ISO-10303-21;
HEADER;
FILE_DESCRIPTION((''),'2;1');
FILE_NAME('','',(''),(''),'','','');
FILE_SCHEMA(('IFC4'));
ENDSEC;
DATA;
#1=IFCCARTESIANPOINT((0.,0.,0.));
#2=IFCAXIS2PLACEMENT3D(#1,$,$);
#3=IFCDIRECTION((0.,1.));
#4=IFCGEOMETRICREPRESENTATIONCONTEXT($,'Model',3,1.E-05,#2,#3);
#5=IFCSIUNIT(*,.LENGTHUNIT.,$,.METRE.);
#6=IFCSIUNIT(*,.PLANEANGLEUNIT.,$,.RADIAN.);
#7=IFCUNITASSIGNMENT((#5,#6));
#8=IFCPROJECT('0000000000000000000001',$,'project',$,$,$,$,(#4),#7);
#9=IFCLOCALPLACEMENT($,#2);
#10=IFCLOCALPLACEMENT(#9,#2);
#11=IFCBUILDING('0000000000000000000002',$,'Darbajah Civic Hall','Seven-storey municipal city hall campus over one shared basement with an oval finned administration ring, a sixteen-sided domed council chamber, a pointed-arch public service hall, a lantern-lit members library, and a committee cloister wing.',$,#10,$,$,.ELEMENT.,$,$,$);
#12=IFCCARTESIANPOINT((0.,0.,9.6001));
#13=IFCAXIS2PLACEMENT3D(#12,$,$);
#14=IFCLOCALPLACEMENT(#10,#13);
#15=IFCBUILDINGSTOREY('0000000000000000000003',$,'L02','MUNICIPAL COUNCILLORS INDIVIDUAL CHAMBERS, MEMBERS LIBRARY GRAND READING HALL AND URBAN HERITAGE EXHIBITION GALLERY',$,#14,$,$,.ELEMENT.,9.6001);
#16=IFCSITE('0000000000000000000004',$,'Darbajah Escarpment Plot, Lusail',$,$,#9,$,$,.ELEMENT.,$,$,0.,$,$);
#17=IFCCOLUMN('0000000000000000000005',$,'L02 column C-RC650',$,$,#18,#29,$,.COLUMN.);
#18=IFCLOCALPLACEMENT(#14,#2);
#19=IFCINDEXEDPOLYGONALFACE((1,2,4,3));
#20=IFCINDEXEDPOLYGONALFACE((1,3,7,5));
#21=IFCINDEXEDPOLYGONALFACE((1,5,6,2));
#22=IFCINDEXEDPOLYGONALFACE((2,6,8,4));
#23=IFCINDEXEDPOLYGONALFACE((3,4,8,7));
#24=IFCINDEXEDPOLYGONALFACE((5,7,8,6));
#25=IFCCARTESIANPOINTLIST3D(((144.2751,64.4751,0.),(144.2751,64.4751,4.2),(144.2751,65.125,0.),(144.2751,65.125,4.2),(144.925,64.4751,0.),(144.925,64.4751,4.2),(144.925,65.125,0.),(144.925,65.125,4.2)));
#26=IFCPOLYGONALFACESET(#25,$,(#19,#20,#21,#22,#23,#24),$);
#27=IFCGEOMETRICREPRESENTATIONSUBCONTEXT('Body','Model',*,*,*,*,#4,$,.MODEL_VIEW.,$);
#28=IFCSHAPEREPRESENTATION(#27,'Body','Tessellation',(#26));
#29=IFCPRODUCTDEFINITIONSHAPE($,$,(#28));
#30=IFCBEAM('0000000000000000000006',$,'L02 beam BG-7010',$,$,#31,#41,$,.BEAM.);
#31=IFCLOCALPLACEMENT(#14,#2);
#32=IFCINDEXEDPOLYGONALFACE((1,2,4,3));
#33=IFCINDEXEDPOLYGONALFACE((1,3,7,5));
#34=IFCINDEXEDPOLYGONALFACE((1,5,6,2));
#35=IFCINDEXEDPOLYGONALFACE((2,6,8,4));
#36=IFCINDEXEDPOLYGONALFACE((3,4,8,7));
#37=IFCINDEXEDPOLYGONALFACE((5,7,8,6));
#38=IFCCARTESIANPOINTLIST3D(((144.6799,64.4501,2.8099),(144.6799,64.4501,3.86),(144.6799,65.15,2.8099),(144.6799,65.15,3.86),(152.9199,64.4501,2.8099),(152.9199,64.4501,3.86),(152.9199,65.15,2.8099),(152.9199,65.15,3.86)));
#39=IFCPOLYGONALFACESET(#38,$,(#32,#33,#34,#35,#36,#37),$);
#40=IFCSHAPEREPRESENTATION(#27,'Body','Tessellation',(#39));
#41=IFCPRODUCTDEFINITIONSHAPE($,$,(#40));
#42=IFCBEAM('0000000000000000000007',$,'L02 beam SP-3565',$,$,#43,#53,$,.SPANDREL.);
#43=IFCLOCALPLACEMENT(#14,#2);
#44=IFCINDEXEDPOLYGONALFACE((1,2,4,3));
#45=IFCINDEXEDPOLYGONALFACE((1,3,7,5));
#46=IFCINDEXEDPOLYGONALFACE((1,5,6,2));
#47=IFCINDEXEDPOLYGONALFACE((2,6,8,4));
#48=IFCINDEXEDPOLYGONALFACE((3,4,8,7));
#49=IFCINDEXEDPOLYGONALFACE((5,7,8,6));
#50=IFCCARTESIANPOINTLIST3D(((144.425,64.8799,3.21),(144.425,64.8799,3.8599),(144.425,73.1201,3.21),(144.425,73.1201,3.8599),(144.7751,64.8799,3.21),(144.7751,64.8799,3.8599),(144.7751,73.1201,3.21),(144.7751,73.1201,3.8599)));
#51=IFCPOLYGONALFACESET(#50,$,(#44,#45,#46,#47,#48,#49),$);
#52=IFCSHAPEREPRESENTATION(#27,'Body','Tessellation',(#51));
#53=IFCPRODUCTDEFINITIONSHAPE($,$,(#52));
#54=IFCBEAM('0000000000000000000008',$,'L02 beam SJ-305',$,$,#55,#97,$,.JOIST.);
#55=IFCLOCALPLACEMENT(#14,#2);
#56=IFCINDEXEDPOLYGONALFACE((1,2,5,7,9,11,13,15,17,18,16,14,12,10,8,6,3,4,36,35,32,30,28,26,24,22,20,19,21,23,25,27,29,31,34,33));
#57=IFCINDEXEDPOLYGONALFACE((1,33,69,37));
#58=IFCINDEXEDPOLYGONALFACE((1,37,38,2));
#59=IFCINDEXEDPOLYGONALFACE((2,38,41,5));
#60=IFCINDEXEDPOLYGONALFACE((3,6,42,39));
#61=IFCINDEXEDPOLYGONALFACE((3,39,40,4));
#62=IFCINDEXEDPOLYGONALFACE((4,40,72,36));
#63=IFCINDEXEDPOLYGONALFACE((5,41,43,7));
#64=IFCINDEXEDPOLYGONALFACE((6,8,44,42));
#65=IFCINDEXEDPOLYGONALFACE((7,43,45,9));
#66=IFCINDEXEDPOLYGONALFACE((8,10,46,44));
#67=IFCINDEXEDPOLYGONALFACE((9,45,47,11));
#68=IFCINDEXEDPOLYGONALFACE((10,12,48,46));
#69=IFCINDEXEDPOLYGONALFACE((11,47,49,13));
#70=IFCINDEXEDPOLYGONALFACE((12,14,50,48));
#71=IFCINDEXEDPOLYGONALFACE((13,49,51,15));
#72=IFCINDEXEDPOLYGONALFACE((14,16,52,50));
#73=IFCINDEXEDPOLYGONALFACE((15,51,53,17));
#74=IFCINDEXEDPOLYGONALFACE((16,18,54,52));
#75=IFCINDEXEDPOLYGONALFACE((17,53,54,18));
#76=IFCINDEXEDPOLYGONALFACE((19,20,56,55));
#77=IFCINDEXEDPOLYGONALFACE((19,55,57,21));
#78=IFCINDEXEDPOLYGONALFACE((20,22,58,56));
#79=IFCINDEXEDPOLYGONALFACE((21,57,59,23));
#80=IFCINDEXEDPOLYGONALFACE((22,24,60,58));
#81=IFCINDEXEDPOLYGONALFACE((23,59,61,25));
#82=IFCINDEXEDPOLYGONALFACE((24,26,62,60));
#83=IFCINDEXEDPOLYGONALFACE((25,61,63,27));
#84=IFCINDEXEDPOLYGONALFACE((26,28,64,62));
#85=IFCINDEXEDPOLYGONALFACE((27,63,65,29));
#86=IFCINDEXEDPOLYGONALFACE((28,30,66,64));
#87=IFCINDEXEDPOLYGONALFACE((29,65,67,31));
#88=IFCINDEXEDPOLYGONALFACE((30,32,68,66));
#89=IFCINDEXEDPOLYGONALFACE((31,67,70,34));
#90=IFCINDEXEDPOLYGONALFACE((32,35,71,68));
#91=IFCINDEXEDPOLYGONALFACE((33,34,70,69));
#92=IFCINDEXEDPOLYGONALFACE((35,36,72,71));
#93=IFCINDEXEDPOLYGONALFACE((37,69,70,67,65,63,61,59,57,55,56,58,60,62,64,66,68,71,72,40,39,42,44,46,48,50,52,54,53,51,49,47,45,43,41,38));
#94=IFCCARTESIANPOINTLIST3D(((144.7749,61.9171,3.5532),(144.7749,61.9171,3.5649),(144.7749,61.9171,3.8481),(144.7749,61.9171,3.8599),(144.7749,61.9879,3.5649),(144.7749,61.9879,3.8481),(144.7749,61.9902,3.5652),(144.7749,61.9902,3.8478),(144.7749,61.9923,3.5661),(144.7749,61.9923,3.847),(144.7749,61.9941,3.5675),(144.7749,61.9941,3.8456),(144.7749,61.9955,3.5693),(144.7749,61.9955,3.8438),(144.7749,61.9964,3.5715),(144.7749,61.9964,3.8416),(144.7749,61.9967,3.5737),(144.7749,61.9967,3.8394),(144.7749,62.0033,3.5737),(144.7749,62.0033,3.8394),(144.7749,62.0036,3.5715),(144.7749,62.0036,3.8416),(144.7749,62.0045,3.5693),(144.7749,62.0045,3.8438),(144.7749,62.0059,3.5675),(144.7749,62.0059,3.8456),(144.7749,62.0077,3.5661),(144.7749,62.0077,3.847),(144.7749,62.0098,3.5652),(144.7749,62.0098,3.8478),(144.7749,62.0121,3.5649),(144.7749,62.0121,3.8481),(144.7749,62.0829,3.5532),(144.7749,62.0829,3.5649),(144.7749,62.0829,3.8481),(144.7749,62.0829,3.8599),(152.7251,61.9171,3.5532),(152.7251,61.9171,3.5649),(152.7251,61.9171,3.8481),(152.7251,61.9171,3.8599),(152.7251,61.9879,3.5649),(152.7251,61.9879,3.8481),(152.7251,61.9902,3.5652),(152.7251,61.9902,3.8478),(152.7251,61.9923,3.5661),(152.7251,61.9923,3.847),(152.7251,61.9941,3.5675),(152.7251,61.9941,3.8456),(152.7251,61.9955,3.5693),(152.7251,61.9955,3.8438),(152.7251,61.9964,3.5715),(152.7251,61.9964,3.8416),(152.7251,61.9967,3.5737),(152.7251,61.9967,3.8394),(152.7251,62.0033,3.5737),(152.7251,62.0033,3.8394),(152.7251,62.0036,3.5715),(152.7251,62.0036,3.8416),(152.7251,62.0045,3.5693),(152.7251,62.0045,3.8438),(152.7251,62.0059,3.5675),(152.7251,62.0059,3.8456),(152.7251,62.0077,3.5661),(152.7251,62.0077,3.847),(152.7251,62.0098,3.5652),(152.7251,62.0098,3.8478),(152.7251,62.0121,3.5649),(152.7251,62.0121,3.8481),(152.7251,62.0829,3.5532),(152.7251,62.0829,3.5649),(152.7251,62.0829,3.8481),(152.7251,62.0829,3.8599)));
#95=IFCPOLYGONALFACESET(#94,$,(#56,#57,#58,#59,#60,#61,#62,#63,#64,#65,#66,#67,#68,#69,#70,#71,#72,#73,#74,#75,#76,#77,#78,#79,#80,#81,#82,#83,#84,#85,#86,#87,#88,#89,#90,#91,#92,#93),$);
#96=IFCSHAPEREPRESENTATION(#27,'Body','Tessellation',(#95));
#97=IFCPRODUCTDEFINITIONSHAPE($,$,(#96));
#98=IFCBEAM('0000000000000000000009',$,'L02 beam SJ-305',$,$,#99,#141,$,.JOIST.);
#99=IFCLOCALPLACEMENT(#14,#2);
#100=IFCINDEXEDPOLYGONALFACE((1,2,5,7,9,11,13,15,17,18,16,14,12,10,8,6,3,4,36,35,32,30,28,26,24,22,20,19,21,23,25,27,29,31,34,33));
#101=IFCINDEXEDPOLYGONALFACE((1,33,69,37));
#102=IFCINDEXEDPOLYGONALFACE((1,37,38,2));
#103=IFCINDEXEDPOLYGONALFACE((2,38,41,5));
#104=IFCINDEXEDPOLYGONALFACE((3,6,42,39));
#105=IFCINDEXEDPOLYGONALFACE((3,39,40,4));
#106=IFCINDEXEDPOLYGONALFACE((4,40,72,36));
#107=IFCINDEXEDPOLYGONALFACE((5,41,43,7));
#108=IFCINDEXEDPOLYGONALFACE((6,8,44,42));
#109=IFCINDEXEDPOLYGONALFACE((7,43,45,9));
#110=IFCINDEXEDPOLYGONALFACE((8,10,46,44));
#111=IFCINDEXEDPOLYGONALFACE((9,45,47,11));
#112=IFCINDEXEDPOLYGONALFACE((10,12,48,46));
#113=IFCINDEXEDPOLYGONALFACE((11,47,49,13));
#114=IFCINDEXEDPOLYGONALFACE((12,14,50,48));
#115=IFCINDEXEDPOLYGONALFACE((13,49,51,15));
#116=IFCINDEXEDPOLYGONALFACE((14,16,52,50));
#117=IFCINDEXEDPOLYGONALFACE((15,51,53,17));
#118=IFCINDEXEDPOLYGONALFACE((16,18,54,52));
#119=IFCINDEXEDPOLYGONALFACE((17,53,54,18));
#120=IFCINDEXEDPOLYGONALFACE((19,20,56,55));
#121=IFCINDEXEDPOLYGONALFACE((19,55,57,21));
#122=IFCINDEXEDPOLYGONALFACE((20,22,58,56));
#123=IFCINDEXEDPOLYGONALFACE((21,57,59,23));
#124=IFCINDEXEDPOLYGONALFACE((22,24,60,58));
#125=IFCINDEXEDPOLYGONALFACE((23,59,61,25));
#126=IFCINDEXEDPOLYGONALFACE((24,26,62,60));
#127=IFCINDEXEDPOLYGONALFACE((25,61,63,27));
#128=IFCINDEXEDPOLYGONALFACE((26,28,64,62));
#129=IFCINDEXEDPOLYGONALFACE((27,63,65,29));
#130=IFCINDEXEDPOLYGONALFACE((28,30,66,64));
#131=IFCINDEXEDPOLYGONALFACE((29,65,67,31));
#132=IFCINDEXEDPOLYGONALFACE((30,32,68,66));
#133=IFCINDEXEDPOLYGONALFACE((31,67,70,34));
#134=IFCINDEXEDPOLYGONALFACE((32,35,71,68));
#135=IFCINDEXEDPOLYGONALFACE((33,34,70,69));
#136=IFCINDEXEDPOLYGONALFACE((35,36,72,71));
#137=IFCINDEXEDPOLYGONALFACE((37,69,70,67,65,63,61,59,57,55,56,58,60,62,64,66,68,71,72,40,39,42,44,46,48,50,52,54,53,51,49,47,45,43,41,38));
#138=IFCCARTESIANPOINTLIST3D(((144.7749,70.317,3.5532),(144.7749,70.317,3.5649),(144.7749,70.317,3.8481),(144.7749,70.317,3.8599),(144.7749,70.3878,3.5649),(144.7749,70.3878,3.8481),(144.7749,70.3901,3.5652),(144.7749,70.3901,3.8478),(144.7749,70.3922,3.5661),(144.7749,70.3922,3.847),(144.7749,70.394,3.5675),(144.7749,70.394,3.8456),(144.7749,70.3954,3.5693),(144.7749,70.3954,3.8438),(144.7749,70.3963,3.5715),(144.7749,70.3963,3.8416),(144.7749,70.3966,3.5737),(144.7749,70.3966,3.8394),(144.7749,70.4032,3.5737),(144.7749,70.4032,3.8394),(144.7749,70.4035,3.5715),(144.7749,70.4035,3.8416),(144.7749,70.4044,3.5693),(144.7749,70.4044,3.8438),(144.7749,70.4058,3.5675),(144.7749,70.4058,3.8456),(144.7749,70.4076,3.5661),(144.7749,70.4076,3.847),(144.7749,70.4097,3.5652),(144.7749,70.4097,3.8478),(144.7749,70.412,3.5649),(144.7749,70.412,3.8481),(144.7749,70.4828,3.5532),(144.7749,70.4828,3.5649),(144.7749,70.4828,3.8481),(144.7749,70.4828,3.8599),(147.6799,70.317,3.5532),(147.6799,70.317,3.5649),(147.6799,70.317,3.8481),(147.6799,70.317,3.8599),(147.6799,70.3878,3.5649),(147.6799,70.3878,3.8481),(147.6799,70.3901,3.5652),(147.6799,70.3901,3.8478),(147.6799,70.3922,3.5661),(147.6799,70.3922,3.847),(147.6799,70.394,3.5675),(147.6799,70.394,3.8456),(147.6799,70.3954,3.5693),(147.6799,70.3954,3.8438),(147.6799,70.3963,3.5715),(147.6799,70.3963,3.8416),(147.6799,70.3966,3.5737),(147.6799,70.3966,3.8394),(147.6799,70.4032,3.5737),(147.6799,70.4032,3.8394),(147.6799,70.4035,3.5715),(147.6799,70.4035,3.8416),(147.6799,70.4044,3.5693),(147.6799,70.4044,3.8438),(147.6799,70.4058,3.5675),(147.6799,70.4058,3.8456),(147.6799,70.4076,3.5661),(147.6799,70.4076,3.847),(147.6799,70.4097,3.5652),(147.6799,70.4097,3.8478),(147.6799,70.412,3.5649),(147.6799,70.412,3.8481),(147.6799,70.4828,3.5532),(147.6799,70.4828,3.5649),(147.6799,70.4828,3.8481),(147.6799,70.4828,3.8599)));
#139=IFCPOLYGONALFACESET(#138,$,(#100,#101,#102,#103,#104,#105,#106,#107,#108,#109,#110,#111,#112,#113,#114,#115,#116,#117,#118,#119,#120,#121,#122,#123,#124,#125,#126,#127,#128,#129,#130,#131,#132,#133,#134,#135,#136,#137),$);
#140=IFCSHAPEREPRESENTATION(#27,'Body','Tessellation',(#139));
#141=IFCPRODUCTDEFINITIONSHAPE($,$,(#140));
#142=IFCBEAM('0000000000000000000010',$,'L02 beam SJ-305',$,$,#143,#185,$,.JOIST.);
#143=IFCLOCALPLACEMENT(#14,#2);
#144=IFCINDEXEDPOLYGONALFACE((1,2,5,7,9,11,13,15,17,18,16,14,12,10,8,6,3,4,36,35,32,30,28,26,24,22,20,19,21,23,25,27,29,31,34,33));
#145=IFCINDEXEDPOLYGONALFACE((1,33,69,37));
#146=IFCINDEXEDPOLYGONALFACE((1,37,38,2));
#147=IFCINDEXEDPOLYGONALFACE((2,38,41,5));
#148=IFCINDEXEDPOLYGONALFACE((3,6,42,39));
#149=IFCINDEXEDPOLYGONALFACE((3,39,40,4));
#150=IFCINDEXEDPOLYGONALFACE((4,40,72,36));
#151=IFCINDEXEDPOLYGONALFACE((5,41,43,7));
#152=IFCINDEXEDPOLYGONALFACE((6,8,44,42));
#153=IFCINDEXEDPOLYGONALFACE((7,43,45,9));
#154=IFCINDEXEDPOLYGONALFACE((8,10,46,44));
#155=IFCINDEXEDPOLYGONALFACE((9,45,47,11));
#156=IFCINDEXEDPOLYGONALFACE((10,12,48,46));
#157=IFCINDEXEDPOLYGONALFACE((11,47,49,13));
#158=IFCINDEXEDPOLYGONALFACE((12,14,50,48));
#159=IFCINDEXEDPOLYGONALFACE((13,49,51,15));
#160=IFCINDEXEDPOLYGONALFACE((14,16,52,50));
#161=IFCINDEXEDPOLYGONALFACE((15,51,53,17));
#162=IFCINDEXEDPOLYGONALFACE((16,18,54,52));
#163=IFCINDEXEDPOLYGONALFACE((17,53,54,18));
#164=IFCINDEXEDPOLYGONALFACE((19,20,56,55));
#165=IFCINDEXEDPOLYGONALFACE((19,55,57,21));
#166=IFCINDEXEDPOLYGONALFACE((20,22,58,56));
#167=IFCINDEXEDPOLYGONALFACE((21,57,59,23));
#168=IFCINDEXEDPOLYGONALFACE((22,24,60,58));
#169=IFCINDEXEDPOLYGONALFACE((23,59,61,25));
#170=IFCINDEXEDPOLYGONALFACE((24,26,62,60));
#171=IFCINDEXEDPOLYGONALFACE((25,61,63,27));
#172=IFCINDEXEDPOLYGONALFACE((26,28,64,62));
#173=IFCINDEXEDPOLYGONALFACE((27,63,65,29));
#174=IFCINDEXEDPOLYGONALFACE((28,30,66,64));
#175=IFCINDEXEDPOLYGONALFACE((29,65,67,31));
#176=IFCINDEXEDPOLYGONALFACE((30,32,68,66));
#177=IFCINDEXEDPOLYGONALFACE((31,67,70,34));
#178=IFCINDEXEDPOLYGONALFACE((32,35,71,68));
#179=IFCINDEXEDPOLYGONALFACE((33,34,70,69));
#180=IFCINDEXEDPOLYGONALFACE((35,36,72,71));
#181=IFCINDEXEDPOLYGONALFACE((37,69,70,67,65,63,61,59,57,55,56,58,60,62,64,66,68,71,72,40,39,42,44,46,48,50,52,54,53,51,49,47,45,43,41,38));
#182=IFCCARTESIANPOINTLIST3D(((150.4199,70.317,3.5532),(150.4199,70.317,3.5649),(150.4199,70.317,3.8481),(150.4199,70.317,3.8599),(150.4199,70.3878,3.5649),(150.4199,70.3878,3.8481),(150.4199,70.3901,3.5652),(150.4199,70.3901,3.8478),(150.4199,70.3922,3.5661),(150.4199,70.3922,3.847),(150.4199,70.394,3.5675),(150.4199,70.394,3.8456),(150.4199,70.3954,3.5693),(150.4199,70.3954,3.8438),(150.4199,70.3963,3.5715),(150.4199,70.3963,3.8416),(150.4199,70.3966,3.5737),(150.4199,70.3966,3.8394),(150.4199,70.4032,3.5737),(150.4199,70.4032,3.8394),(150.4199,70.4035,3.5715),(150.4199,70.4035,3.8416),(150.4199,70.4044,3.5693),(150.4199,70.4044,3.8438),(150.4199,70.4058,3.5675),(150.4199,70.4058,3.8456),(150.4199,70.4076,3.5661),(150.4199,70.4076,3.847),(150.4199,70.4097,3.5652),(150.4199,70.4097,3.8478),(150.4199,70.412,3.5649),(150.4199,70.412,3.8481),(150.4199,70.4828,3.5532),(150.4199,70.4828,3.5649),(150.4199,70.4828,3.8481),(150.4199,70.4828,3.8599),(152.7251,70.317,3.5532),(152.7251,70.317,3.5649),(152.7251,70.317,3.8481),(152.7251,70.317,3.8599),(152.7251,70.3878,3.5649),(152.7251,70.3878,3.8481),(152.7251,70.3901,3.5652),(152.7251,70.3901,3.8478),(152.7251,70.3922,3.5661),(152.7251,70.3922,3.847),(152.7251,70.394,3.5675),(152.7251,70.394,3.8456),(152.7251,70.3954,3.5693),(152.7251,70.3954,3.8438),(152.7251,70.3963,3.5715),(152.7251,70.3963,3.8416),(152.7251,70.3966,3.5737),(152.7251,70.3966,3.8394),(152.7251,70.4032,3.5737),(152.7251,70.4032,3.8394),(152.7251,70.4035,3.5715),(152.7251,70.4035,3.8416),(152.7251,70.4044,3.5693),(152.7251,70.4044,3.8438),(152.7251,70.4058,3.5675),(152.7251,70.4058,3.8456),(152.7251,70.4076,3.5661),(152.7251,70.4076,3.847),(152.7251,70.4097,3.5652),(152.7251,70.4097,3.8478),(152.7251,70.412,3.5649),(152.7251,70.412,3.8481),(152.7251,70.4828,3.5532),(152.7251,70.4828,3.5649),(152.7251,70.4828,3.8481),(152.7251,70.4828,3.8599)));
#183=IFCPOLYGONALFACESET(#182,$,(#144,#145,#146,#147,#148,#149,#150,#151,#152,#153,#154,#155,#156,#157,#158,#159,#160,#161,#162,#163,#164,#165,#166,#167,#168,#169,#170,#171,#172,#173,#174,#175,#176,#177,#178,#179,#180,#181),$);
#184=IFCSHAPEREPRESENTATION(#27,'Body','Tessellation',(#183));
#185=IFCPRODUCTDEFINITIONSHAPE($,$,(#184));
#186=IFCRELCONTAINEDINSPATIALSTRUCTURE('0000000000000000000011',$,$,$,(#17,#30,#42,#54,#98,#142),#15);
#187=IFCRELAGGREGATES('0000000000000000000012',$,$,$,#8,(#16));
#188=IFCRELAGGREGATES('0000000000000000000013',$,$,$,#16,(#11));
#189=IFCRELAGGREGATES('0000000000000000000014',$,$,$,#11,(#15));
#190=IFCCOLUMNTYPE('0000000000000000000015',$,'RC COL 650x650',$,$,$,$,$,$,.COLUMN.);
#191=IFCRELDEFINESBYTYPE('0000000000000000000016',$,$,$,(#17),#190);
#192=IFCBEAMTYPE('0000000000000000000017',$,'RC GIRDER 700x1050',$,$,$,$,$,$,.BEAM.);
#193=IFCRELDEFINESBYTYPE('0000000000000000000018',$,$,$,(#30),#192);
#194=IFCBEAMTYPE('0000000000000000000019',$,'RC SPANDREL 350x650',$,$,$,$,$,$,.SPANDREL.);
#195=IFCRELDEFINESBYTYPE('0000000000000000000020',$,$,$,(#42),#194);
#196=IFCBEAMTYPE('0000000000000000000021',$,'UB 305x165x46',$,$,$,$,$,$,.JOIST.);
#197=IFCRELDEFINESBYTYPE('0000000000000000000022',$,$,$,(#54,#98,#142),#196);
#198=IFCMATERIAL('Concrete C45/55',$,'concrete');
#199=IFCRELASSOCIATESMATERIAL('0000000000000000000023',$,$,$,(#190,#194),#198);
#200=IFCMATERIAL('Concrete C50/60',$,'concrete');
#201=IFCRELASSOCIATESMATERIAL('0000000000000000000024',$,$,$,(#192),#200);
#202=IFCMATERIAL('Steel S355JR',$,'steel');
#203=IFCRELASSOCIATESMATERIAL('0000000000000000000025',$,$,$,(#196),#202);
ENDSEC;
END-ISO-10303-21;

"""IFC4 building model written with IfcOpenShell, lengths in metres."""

from ifc_helpers import new_model, si_unit, direction, frame, origin, origin_2d, place, context, subcontext, project, spatial, rectangle, i_section, extrude, material, material_profile, profile_set, type_object, element, save


model = new_model("IFC4")

# Units and contexts
model_context = context("Model", 3, precision=1e-05, world=origin(), true_north=direction((0.0, 1.0)))
body_context = subcontext(model_context, "Body", "Model", "MODEL_VIEW")
ifc_project = project(units=[si_unit("LENGTHUNIT", "METRE"), si_unit("PLANEANGLEUNIT", "RADIAN")], contexts=[model_context])

# Site, building, storey
site_placement = place(None, origin())
site = spatial("IfcSite", under=ifc_project, at=site_placement, Name="Darbajah Escarpment Plot, Lusail", CompositionType="ELEMENT", RefElevation=0.0)
building_placement = place(site_placement, origin())
building = spatial("IfcBuilding", under=site, at=building_placement, Name="Darbajah Civic Hall", Description="Seven-storey municipal city hall campus over one shared basement with an oval finned administration ring, a sixteen-sided domed council chamber, a pointed-arch public service hall, a lantern-lit members library, and a committee cloister wing.", CompositionType="ELEMENT")
storey_placement = place(building_placement, frame((0.0, 0.0, 9.6001)))
storey = spatial("IfcBuildingStorey", under=building, at=storey_placement, Name="L02", Description="MUNICIPAL COUNCILLORS INDIVIDUAL CHAMBERS, MEMBERS LIBRARY GRAND READING HALL AND URBAN HERITAGE EXHIBITION GALLERY", CompositionType="ELEMENT", Elevation=9.6001)

# Column
ifc_material_1 = material(Name="Concrete C45/55", Category="concrete")
ifc_material_profile_1 = material_profile(ifc_material_1, rectangle(XDim=0.6499, YDim=0.6499, at=origin_2d()), Name="RC COL 650x650")
ifc_profile_set_1 = profile_set([ifc_material_profile_1], Name="Concrete C45/55")
column_type = type_object("IfcColumnType", Name="RC COL 650x650", PredefinedType="COLUMN", material=ifc_profile_set_1)
column_placement = place(storey_placement, frame((144.6001, 64.8, 0.0), z_axis=(0.0, 0.0, 1.0), x_axis=(1.0, 0.0, 0.0)))
element("IfcColumn", 1, at=column_placement, inside=storey, type_object=column_type, Name="L02 column C-RC650", PredefinedType="COLUMN", context=body_context, shape_type="SweptSolid", body=[
    extrude(rectangle(XDim=0.6499, YDim=0.6499, at=origin_2d()), origin(), (0.0, 0.0, 1.0), 4.2),
])

# Beams
ifc_material_2 = material(Name="Concrete C50/60", Category="concrete")
ifc_material_profile_2 = material_profile(ifc_material_2, rectangle(XDim=0.7, YDim=1.05, at=origin_2d()), Name="RC GIRDER 700x1050")
ifc_profile_set_2 = profile_set([ifc_material_profile_2], Name="Concrete C50/60")
beam_type_1 = type_object("IfcBeamType", Name="RC GIRDER 700x1050", PredefinedType="BEAM", material=ifc_profile_set_2)
beam_1_placement = place(storey_placement, frame((144.6799, 64.8, 3.335), z_axis=(1.0, 0.0, 0.0), x_axis=(0.0, 1.0, 0.0)))
element("IfcBeam", 2, at=beam_1_placement, inside=storey, type_object=beam_type_1, Name="L02 beam BG-7010", PredefinedType="BEAM", context=body_context, shape_type="SweptSolid", body=[
    extrude(rectangle(XDim=0.7, YDim=1.05, at=origin_2d()), origin(), (0.0, 0.0, 1.0), 8.24),
])
ifc_material_profile_3 = material_profile(ifc_material_1, rectangle(XDim=0.3501, YDim=0.6499, at=origin_2d()), Name="RC SPANDREL 350x650")
ifc_profile_set_3 = profile_set([ifc_material_profile_3], Name="Concrete C45/55")
beam_type_2 = type_object("IfcBeamType", Name="RC SPANDREL 350x650", PredefinedType="SPANDREL", material=ifc_profile_set_3)
beam_2_placement = place(storey_placement, frame((144.6001, 64.8799, 3.5349), z_axis=(0.0, 1.0, 0.0), x_axis=(-1.0, 0.0, 0.0)))
element("IfcBeam", 3, at=beam_2_placement, inside=storey, type_object=beam_type_2, Name="L02 beam SP-3565", PredefinedType="SPANDREL", context=body_context, shape_type="SweptSolid", body=[
    extrude(rectangle(XDim=0.3501, YDim=0.6499, at=origin_2d()), origin(), (0.0, 0.0, 1.0), 8.2402),
])
ifc_material_3 = material(Name="Steel S355JR", Category="steel")
ifc_material_profile_4 = material_profile(ifc_material_3, i_section(OverallWidth=0.1658, OverallDepth=0.3066, WebThickness=0.0066, FlangeThickness=0.0117, FilletRadius=0.0088, at=origin_2d()), Name="UB 305x165x46")
ifc_profile_set_4 = profile_set([ifc_material_profile_4], Name="Steel S355JR")
beam_type_3 = type_object("IfcBeamType", Name="UB 305x165x46", PredefinedType="JOIST", material=ifc_profile_set_4)
beam_3_placement = place(storey_placement, frame((144.7749, 62.0, 3.7065), z_axis=(1.0, 0.0, 0.0), x_axis=(0.0, 1.0, 0.0)))
element("IfcBeam", 4, at=beam_3_placement, inside=storey, type_object=beam_type_3, Name="L02 beam SJ-305", PredefinedType="JOIST", context=body_context, shape_type="SweptSolid", body=[
    extrude(i_section(OverallWidth=0.1658, OverallDepth=0.3066, WebThickness=0.0066, FlangeThickness=0.0117, FilletRadius=0.0088, at=origin_2d()), origin(), (0.0, 0.0, 1.0), 7.9502),
])
beam_4_placement = place(storey_placement, frame((144.7749, 70.3999, 3.7065), z_axis=(1.0, 0.0, 0.0), x_axis=(0.0, 1.0, 0.0)))
element("IfcBeam", 5, at=beam_4_placement, inside=storey, type_object=beam_type_3, Name="L02 beam SJ-305", PredefinedType="JOIST", context=body_context, shape_type="SweptSolid", body=[
    extrude(i_section(OverallWidth=0.1658, OverallDepth=0.3066, WebThickness=0.0066, FlangeThickness=0.0117, FilletRadius=0.0088, at=origin_2d()), origin(), (0.0, 0.0, 1.0), 2.905),
])
beam_5_placement = place(storey_placement, frame((150.4199, 70.3999, 3.7065), z_axis=(1.0, 0.0, 0.0), x_axis=(0.0, 1.0, 0.0)))
element("IfcBeam", 6, at=beam_5_placement, inside=storey, type_object=beam_type_3, Name="L02 beam SJ-305", PredefinedType="JOIST", context=body_context, shape_type="SweptSolid", body=[
    extrude(i_section(OverallWidth=0.1658, OverallDepth=0.3066, WebThickness=0.0066, FlangeThickness=0.0117, FilletRadius=0.0088, at=origin_2d()), origin(), (0.0, 0.0, 1.0), 2.3052),
])

save(model, "model.ifc")
